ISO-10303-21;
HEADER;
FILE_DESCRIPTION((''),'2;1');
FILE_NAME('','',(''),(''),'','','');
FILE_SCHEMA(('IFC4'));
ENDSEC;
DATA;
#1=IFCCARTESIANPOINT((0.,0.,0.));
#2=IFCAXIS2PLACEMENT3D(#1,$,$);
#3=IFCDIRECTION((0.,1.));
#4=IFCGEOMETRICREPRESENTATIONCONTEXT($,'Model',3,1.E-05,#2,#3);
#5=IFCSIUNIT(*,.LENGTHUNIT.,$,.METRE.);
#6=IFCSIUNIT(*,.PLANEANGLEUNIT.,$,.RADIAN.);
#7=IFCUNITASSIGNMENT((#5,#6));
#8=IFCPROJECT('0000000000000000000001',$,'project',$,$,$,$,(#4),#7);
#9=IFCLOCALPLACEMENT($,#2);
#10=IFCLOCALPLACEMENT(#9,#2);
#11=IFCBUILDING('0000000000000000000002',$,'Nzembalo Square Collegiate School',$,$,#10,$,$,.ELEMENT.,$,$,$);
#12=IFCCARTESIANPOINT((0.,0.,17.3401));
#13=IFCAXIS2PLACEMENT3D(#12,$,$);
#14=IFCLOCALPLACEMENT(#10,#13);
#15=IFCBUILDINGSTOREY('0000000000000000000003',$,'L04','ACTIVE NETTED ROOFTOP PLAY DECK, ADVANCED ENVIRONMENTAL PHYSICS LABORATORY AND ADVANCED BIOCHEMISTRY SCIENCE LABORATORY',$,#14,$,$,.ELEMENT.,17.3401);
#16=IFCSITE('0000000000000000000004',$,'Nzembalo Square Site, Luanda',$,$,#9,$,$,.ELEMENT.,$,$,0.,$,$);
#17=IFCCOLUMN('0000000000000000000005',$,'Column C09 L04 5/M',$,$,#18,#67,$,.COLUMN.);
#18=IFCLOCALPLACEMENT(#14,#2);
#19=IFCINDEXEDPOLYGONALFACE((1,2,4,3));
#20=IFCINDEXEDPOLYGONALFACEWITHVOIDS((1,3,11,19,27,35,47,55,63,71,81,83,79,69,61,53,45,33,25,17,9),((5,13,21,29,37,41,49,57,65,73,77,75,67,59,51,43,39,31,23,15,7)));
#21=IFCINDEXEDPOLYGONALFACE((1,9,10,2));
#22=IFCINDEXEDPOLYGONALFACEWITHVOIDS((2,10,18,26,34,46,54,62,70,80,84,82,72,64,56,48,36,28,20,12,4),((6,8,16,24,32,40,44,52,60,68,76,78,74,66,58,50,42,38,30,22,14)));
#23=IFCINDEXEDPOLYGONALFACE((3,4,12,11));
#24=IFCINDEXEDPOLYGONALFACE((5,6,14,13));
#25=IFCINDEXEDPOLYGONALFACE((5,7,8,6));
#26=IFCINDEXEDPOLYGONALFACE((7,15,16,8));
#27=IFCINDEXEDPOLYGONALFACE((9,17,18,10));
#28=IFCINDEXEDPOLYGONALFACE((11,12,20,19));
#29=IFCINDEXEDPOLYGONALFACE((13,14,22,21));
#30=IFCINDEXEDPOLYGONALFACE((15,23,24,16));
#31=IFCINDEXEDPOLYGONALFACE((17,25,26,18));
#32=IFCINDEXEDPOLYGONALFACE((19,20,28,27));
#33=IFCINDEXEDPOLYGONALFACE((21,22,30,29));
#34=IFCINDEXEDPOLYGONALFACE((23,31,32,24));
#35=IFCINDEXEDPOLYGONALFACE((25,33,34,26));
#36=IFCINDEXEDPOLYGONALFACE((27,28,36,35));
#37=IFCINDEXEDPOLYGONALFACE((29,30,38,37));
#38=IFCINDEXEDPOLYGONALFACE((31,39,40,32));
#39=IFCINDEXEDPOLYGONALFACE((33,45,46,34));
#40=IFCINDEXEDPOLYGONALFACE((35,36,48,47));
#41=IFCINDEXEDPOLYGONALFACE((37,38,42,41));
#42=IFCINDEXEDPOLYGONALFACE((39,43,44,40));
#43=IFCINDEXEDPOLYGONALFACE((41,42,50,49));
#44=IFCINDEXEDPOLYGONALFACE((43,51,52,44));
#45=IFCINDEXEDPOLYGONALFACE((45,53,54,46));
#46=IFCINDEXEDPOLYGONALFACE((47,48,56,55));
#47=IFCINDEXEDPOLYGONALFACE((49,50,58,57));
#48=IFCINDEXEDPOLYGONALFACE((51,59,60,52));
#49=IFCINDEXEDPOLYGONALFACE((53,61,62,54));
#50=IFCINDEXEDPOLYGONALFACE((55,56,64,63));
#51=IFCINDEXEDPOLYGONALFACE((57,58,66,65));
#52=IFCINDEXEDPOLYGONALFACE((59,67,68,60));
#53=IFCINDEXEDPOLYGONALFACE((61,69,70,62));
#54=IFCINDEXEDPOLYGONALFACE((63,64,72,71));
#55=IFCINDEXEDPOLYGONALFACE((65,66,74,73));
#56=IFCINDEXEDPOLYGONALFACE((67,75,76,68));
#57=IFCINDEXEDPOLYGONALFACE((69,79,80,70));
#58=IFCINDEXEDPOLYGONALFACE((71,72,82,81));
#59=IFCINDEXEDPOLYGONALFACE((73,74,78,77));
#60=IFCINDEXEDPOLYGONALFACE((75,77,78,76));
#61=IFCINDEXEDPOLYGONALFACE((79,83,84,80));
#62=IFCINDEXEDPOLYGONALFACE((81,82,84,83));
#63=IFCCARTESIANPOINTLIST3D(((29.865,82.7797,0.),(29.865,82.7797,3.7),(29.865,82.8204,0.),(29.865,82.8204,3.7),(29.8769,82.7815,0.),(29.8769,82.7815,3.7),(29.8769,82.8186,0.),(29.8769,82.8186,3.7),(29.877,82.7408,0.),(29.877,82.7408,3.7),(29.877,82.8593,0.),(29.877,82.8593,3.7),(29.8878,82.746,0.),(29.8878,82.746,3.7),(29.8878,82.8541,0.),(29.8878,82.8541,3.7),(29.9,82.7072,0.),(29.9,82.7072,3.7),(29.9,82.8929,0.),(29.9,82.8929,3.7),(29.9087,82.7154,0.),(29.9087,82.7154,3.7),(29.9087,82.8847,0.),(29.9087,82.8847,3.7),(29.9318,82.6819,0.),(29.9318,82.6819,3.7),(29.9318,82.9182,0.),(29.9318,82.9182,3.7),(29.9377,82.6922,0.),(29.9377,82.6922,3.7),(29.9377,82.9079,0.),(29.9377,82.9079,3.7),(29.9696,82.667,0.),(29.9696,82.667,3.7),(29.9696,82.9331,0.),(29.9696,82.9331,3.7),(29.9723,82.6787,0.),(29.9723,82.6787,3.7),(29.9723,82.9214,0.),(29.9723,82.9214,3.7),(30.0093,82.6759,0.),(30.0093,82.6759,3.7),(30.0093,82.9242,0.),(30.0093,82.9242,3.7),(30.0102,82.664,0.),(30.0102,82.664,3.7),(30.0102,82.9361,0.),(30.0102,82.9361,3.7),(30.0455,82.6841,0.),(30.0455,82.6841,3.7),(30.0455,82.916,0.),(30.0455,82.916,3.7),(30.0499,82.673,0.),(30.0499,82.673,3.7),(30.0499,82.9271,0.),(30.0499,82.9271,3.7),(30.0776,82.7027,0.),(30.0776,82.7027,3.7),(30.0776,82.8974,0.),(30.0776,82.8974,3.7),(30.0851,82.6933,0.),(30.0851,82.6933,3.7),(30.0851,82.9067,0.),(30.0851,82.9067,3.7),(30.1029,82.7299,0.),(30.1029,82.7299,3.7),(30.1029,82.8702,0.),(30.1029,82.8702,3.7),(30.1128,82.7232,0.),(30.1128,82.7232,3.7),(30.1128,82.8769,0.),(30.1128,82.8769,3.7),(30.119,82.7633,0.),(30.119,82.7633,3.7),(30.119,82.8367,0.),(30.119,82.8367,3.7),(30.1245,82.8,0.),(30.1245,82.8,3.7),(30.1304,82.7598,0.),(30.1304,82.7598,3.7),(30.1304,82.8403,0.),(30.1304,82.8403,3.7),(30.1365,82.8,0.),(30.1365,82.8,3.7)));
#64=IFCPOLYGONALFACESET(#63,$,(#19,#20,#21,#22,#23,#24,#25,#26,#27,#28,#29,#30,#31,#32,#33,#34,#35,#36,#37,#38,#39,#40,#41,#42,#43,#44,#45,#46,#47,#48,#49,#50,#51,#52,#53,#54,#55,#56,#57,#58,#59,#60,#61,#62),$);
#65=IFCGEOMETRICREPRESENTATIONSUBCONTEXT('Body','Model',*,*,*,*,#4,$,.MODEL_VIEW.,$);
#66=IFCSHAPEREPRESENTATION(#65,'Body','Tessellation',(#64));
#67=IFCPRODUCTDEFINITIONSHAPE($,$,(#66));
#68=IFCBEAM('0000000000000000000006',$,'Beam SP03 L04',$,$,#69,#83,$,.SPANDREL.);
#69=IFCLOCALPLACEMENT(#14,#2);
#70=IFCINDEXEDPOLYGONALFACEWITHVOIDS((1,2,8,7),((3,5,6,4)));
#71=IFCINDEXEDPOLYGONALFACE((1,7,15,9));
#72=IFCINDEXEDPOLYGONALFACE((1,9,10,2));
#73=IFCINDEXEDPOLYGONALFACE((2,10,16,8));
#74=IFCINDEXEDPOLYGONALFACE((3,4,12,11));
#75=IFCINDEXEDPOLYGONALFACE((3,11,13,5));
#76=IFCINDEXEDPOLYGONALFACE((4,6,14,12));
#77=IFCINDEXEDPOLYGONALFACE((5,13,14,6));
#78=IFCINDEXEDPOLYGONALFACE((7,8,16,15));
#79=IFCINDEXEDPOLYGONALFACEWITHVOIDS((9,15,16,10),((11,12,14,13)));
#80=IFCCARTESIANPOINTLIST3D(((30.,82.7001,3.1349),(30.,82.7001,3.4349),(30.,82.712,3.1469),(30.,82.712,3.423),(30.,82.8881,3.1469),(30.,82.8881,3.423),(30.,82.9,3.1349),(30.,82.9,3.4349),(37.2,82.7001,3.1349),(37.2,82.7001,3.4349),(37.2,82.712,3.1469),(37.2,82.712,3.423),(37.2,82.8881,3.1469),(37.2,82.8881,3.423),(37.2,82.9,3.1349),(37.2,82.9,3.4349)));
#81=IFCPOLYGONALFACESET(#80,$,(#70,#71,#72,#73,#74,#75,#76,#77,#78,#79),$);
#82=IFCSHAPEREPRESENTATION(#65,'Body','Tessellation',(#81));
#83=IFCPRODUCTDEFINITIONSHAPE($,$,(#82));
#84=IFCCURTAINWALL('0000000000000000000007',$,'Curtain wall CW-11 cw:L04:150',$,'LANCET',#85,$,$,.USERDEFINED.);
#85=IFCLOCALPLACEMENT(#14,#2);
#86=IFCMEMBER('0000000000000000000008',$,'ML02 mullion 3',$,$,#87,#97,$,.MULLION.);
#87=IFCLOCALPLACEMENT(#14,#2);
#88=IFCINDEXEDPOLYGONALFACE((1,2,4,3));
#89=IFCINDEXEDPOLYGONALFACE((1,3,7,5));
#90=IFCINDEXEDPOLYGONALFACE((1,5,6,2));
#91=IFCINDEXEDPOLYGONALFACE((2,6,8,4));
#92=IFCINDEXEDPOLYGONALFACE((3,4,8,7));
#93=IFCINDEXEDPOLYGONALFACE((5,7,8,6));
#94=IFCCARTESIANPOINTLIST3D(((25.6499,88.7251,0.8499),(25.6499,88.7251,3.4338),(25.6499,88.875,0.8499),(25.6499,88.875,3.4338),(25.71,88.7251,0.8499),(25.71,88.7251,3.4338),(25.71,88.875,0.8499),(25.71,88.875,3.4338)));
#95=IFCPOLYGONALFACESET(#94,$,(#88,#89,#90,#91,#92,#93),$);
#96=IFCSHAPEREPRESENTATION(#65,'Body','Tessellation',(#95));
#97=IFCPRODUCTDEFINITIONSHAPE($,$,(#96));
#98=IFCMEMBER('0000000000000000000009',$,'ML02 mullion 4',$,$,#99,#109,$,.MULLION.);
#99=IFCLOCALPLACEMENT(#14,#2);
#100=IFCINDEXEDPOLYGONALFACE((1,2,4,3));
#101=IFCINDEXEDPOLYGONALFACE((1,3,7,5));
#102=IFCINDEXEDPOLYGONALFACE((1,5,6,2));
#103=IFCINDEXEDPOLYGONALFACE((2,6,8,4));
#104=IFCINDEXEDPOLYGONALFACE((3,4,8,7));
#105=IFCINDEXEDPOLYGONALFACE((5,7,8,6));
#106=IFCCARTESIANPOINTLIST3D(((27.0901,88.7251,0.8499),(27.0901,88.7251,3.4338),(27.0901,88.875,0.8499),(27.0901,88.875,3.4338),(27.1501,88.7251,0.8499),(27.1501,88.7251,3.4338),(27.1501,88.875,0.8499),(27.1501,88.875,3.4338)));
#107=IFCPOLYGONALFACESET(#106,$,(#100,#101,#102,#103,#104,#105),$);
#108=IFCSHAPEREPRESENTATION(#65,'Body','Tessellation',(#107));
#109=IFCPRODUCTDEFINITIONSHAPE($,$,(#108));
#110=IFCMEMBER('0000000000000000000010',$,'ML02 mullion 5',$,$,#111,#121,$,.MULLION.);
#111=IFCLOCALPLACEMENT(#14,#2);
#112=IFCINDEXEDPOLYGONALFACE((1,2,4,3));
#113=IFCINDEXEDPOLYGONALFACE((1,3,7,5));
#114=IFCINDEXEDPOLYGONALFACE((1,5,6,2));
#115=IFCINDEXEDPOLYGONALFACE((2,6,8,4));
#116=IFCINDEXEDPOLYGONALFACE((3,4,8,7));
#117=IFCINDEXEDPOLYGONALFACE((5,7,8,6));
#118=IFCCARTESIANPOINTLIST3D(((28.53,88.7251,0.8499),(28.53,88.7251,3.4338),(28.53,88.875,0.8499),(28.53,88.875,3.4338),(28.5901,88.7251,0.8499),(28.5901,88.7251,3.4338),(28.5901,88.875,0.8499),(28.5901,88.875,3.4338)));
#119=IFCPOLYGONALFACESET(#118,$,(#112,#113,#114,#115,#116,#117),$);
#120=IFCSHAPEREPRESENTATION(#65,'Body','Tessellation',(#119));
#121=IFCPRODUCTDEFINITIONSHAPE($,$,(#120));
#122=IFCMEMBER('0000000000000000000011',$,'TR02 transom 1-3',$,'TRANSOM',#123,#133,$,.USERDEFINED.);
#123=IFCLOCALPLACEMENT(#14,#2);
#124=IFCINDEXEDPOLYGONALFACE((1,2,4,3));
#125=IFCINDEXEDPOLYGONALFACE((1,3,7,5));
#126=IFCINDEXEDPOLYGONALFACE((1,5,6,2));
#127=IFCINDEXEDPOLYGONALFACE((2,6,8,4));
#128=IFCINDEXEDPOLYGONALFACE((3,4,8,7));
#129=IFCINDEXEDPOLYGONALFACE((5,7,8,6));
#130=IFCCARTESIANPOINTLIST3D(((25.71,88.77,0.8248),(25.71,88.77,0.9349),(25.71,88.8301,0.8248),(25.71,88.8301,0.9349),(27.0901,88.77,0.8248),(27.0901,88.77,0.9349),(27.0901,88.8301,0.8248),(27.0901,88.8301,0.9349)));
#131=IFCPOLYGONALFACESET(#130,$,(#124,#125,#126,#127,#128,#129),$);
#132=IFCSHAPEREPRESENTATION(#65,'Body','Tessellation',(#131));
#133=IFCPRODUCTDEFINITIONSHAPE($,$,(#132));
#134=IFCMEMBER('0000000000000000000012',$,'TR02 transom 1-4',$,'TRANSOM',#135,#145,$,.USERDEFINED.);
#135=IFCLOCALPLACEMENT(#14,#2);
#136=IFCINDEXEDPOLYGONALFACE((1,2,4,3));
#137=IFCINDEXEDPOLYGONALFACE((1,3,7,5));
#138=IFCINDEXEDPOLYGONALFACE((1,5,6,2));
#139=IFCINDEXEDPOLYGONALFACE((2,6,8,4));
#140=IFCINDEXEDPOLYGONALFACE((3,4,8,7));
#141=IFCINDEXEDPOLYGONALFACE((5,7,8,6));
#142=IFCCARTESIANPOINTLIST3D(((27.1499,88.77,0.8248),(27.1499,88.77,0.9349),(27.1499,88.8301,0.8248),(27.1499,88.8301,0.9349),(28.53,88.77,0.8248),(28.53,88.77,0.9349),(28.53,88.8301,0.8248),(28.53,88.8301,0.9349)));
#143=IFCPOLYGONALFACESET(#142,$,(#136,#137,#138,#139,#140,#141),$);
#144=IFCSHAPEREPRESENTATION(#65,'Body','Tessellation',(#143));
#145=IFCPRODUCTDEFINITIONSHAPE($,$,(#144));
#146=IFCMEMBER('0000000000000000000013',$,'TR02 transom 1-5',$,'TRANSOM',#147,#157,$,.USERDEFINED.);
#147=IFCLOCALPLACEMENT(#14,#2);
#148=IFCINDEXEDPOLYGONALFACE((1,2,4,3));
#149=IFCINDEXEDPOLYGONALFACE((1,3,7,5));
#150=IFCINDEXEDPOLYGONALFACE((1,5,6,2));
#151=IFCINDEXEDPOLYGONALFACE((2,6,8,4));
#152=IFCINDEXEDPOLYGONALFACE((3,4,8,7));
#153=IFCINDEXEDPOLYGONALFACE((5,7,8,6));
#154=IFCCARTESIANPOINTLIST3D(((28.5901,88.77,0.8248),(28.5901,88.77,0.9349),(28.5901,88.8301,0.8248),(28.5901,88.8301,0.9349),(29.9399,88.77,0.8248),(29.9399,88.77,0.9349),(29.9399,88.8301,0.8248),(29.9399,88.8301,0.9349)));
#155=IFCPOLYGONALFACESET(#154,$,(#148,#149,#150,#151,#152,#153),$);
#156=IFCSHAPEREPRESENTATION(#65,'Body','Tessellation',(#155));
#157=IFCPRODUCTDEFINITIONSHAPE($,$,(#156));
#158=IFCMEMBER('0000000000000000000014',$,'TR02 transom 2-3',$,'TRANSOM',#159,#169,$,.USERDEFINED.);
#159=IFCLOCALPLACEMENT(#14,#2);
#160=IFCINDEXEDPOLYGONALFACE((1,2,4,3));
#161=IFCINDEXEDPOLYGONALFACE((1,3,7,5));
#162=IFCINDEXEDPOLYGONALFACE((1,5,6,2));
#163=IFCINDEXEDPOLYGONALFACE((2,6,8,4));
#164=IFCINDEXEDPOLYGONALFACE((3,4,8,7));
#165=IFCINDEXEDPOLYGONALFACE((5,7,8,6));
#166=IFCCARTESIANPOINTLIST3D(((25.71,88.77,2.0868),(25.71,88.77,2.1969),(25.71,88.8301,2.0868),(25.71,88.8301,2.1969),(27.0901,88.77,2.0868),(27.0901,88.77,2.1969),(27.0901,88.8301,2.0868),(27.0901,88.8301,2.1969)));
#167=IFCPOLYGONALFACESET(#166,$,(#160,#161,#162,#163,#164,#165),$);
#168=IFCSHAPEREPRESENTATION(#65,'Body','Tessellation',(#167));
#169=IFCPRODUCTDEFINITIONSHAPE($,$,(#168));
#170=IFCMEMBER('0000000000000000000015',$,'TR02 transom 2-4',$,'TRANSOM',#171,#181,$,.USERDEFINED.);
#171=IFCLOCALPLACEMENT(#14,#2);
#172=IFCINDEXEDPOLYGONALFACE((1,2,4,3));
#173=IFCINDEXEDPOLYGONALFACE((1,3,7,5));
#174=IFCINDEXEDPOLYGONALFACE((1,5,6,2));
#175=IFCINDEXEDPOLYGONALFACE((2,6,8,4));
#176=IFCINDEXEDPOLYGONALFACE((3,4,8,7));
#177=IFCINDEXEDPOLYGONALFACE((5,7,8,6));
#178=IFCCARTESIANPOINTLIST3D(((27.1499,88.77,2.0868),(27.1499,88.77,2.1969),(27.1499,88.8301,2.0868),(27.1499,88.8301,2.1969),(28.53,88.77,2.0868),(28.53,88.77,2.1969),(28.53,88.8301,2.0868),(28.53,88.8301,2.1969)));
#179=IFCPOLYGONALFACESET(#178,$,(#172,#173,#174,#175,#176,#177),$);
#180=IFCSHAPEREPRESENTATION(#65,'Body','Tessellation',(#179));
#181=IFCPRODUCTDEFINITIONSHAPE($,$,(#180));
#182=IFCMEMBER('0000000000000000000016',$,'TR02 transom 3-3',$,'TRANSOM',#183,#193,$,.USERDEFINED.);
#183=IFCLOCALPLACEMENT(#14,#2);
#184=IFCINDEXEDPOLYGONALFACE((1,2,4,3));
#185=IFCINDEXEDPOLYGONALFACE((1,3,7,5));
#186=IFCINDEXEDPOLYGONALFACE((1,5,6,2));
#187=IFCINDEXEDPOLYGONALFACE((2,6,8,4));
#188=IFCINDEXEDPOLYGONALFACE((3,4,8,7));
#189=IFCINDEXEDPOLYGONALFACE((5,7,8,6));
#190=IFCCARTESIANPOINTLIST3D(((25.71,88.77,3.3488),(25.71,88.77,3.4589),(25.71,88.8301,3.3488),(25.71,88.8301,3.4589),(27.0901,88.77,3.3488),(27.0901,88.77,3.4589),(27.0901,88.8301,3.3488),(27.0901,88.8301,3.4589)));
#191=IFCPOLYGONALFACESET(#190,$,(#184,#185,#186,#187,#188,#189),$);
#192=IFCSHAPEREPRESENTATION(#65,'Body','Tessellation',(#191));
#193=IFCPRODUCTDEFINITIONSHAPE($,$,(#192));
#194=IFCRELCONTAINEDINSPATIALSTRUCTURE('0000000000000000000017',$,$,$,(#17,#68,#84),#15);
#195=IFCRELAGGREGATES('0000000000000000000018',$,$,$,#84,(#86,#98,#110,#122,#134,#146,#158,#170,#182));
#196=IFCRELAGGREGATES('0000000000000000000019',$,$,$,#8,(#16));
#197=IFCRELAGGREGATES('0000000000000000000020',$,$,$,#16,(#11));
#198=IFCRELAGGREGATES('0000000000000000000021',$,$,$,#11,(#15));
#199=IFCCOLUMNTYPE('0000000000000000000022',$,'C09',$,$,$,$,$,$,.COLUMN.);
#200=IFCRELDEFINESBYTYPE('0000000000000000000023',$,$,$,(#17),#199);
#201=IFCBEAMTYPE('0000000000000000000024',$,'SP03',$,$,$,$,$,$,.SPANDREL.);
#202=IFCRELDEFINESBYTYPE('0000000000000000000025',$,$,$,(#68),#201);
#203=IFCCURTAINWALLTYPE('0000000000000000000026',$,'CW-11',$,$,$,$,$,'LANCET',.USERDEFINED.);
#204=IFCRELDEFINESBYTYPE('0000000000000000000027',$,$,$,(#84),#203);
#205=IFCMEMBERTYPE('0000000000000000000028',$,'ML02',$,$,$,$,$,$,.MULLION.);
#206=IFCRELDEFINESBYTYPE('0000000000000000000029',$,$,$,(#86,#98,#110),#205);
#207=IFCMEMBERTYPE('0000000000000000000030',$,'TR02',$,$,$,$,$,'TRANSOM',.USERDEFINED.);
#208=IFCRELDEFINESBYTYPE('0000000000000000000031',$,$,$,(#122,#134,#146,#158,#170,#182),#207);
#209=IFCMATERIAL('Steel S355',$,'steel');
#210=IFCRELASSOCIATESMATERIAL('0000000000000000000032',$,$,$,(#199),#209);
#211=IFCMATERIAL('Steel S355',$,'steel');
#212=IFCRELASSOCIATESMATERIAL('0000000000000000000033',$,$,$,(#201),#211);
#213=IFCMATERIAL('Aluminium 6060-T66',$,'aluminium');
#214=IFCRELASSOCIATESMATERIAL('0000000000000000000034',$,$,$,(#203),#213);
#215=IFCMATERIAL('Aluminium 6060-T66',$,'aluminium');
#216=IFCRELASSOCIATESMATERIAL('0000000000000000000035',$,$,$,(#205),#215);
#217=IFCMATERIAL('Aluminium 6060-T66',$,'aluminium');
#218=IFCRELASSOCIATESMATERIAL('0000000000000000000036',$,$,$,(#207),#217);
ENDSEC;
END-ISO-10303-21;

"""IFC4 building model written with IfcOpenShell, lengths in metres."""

from ifc_helpers import new_model, si_unit, direction, frame, origin, origin_2d, place, context, subcontext, project, spatial, rectangle, hollow_rectangle, hollow_circle, extrude, material, material_profile, profile_set, type_object, element, aggregate, save


model = new_model("IFC4")

# Units and contexts
model_context = context("Model", 3, precision=1e-05, world=origin(), true_north=direction((0.0, 1.0)))
body_context = subcontext(model_context, "Body", "Model", "MODEL_VIEW")
ifc_project = project(units=[si_unit("LENGTHUNIT", "METRE"), si_unit("PLANEANGLEUNIT", "RADIAN")], contexts=[model_context])

# Site, building, storey
site_placement = place(None, origin())
site = spatial("IfcSite", under=ifc_project, at=site_placement, Name="Nzembalo Square Site, Luanda", CompositionType="ELEMENT", RefElevation=0.0)
building_placement = place(site_placement, origin())
building = spatial("IfcBuilding", under=site, at=building_placement, Name="Nzembalo Square Collegiate School", CompositionType="ELEMENT")
storey_placement = place(building_placement, frame((0.0, 0.0, 17.3401)))
storey = spatial("IfcBuildingStorey", under=building, at=storey_placement, Name="L04", Description="ACTIVE NETTED ROOFTOP PLAY DECK, ADVANCED ENVIRONMENTAL PHYSICS LABORATORY AND ADVANCED BIOCHEMISTRY SCIENCE LABORATORY", CompositionType="ELEMENT", Elevation=17.3401)

# Column
ifc_material_1 = material(Name="Steel S355", Category="steel")
ifc_material_profile_1 = material_profile(ifc_material_1, hollow_circle(Radius=0.1365, WallThickness=0.012, at=origin_2d()), Name="CHS 273x12")
ifc_profile_set_1 = profile_set([ifc_material_profile_1], Name="Steel S355")
column_type = type_object("IfcColumnType", Name="C09", PredefinedType="COLUMN", material=ifc_profile_set_1)
column_placement = place(storey_placement, frame((30.0, 82.8, 0.0), z_axis=(0.0, 0.0, 1.0), x_axis=(1.0, 0.0, 0.0)))
element("IfcColumn", 1, at=column_placement, inside=storey, type_object=column_type, Name="Column C09 L04 5/M", PredefinedType="COLUMN", context=body_context, shape_type="SweptSolid", body=[
    extrude(hollow_circle(Radius=0.1365, WallThickness=0.012, at=origin_2d()), origin(), (0.0, 0.0, 1.0), 3.7),
])

# Beam
ifc_material_2 = material(Name="Steel S355", Category="steel")
ifc_material_profile_2 = material_profile(ifc_material_2, hollow_rectangle(XDim=0.2, YDim=0.3, WallThickness=0.012, at=origin_2d()), Name="RHS 300x200x12")
ifc_profile_set_2 = profile_set([ifc_material_profile_2], Name="Steel S355")
beam_type = type_object("IfcBeamType", Name="SP03", PredefinedType="SPANDREL", material=ifc_profile_set_2)
beam_placement = place(storey_placement, frame((30.0, 82.8, 3.2849), z_axis=(1.0, 0.0, 0.0), x_axis=(0.0, 1.0, 0.0)))
element("IfcBeam", 2, at=beam_placement, inside=storey, type_object=beam_type, Name="Beam SP03 L04", PredefinedType="SPANDREL", context=body_context, shape_type="SweptSolid", body=[
    extrude(hollow_rectangle(XDim=0.2, YDim=0.3, WallThickness=0.012, at=origin_2d()), origin(), (0.0, 0.0, 1.0), 7.2),
])

# Curtain wall, members
ifc_material_3 = material(Name="Aluminium 6060-T66", Category="aluminium")
curtain_wall_type = type_object("IfcCurtainWallType", Name="CW-11", ElementType="LANCET", PredefinedType="USERDEFINED", material=ifc_material_3)
curtain_wall_placement = place(storey_placement, origin())
curtain_wall = element("IfcCurtainWall", 3, at=curtain_wall_placement, inside=storey, type_object=curtain_wall_type, Name="Curtain wall CW-11 cw:L04:150", ObjectType="LANCET", PredefinedType="USERDEFINED")
ifc_material_4 = material(Name="Aluminium 6060-T66", Category="aluminium")
ifc_material_profile_3 = material_profile(ifc_material_4, rectangle(XDim=0.0601, YDim=0.1499, at=origin_2d()), Name="ALU M60x150")
ifc_profile_set_3 = profile_set([ifc_material_profile_3], Name="Aluminium 6060-T66")
member_type_1 = type_object("IfcMemberType", Name="ML02", PredefinedType="MULLION", material=ifc_profile_set_3)
member_1_placement = place(storey_placement, frame((25.6799, 88.8, 0.8499), z_axis=(0.0, 0.0, 1.0), x_axis=(1.0, 0.0, 0.0)))
member_1 = element("IfcMember", 4, at=member_1_placement, type_object=member_type_1, Name="ML02 mullion 3", PredefinedType="MULLION", context=body_context, shape_type="SweptSolid", body=[
    extrude(rectangle(XDim=0.0601, YDim=0.1499, at=origin_2d()), origin(), (0.0, 0.0, 1.0), 2.584),
])
member_2_placement = place(storey_placement, frame((27.1201, 88.8, 0.8499), z_axis=(0.0, 0.0, 1.0), x_axis=(1.0, 0.0, 0.0)))
member_2 = element("IfcMember", 5, at=member_2_placement, type_object=member_type_1, Name="ML02 mullion 4", PredefinedType="MULLION", context=body_context, shape_type="SweptSolid", body=[
    extrude(rectangle(XDim=0.0601, YDim=0.1499, at=origin_2d()), origin(), (0.0, 0.0, 1.0), 2.584),
])
member_3_placement = place(storey_placement, frame((28.5601, 88.8, 0.8499), z_axis=(0.0, 0.0, 1.0), x_axis=(1.0, 0.0, 0.0)))
member_3 = element("IfcMember", 6, at=member_3_placement, type_object=member_type_1, Name="ML02 mullion 5", PredefinedType="MULLION", context=body_context, shape_type="SweptSolid", body=[
    extrude(rectangle(XDim=0.0601, YDim=0.1499, at=origin_2d()), origin(), (0.0, 0.0, 1.0), 2.584),
])
ifc_material_5 = material(Name="Aluminium 6060-T66", Category="aluminium")
ifc_material_profile_4 = material_profile(ifc_material_5, rectangle(XDim=0.0601, YDim=0.1101, at=origin_2d()), Name="ALU T60x110")
ifc_profile_set_4 = profile_set([ifc_material_profile_4], Name="Aluminium 6060-T66")
member_type_2 = type_object("IfcMemberType", Name="TR02", ElementType="TRANSOM", PredefinedType="USERDEFINED", material=ifc_profile_set_4)
member_4_placement = place(storey_placement, frame((25.71, 88.8, 0.8799), z_axis=(1.0, 0.0, 0.0), x_axis=(0.0, 1.0, 0.0)))
member_4 = element("IfcMember", 7, at=member_4_placement, type_object=member_type_2, Name="TR02 transom 1-3", ObjectType="TRANSOM", PredefinedType="USERDEFINED", context=body_context, shape_type="SweptSolid", body=[
    extrude(rectangle(XDim=0.0601, YDim=0.1101, at=origin_2d()), origin(), (0.0, 0.0, 1.0), 1.3801),
])
member_5_placement = place(storey_placement, frame((27.1499, 88.8, 0.8799), z_axis=(1.0, 0.0, 0.0), x_axis=(0.0, 1.0, 0.0)))
member_5 = element("IfcMember", 8, at=member_5_placement, type_object=member_type_2, Name="TR02 transom 1-4", ObjectType="TRANSOM", PredefinedType="USERDEFINED", context=body_context, shape_type="SweptSolid", body=[
    extrude(rectangle(XDim=0.0601, YDim=0.1101, at=origin_2d()), origin(), (0.0, 0.0, 1.0), 1.3801),
])
member_6_placement = place(storey_placement, frame((28.5901, 88.8, 0.8799), z_axis=(1.0, 0.0, 0.0), x_axis=(0.0, 1.0, 0.0)))
member_6 = element("IfcMember", 9, at=member_6_placement, type_object=member_type_2, Name="TR02 transom 1-5", ObjectType="TRANSOM", PredefinedType="USERDEFINED", context=body_context, shape_type="SweptSolid", body=[
    extrude(rectangle(XDim=0.0601, YDim=0.1101, at=origin_2d()), origin(), (0.0, 0.0, 1.0), 1.3499),
])
member_7_placement = place(storey_placement, frame((25.71, 88.8, 2.1418), z_axis=(1.0, 0.0, 0.0), x_axis=(0.0, 1.0, 0.0)))
member_7 = element("IfcMember", 10, at=member_7_placement, type_object=member_type_2, Name="TR02 transom 2-3", ObjectType="TRANSOM", PredefinedType="USERDEFINED", context=body_context, shape_type="SweptSolid", body=[
    extrude(rectangle(XDim=0.0601, YDim=0.1101, at=origin_2d()), origin(), (0.0, 0.0, 1.0), 1.3801),
])
member_8_placement = place(storey_placement, frame((27.1499, 88.8, 2.1418), z_axis=(1.0, 0.0, 0.0), x_axis=(0.0, 1.0, 0.0)))
member_8 = element("IfcMember", 11, at=member_8_placement, type_object=member_type_2, Name="TR02 transom 2-4", ObjectType="TRANSOM", PredefinedType="USERDEFINED", context=body_context, shape_type="SweptSolid", body=[
    extrude(rectangle(XDim=0.0601, YDim=0.1101, at=origin_2d()), origin(), (0.0, 0.0, 1.0), 1.3801),
])
member_9_placement = place(storey_placement, frame((25.71, 88.8, 3.4038), z_axis=(1.0, 0.0, 0.0), x_axis=(0.0, 1.0, 0.0)))
member_9 = element("IfcMember", 12, at=member_9_placement, type_object=member_type_2, Name="TR02 transom 3-3", ObjectType="TRANSOM", PredefinedType="USERDEFINED", context=body_context, shape_type="SweptSolid", body=[
    extrude(rectangle(XDim=0.0601, YDim=0.1101, at=origin_2d()), origin(), (0.0, 0.0, 1.0), 1.3801),
])
aggregate(curtain_wall, [member_1, member_2, member_3, member_4, member_5, member_6, member_7, member_8, member_9])

save(model, "model.ifc")
